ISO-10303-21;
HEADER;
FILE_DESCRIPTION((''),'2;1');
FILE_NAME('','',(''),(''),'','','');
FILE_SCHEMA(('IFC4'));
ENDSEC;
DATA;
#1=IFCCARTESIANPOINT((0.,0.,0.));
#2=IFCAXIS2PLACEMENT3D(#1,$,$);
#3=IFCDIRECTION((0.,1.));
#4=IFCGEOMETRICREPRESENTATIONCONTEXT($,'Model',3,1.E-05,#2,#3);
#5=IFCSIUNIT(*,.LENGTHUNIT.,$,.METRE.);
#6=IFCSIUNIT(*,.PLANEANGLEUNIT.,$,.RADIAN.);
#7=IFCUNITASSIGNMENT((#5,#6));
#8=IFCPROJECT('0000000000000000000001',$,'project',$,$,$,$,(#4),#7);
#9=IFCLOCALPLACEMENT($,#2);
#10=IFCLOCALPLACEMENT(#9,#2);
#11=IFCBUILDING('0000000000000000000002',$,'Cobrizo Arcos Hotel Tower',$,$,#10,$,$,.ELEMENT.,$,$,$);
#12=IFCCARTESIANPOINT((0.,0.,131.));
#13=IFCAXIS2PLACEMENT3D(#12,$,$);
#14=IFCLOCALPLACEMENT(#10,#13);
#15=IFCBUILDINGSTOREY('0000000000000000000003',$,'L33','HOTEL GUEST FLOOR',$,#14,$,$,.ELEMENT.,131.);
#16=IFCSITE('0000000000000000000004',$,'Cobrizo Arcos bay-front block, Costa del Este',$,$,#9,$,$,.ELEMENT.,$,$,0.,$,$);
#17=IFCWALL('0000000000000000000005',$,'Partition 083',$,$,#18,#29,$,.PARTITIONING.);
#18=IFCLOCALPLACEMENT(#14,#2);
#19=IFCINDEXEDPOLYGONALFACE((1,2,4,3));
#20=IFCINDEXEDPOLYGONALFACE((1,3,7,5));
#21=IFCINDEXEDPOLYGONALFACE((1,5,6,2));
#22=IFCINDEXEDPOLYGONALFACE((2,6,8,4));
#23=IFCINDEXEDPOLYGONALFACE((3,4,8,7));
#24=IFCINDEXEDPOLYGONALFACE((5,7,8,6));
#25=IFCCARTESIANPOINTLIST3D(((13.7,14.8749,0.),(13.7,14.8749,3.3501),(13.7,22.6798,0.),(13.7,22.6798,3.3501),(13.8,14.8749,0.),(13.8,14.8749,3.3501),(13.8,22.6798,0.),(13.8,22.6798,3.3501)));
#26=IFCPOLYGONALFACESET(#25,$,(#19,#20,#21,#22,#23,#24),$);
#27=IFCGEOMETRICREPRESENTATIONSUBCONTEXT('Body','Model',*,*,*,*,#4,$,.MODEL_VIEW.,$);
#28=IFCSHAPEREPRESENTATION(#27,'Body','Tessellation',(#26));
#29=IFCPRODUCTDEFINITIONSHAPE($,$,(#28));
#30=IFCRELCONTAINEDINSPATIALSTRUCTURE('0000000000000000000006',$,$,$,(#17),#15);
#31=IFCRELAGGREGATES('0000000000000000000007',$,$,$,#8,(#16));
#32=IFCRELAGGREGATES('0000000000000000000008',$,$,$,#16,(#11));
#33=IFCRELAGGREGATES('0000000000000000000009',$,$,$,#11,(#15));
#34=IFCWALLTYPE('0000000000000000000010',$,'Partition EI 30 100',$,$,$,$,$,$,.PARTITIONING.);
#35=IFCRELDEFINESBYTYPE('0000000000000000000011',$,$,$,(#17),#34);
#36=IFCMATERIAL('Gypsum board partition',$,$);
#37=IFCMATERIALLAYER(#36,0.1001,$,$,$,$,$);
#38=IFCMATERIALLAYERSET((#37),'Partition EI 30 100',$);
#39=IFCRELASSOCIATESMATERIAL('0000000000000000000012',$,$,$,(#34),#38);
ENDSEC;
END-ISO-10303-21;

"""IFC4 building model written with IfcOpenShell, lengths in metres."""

from ifc_helpers import new_model, si_unit, direction, frame, frame_2d, origin, place, context, subcontext, project, spatial, rectangle, extrude, material, layer, layer_set, type_object, element, save


model = new_model("IFC4")

# Units and contexts
model_context = context("Model", 3, precision=1e-05, world=origin(), true_north=direction((0.0, 1.0)))
body_context = subcontext(model_context, "Body", "Model", "MODEL_VIEW")
ifc_project = project(units=[si_unit("LENGTHUNIT", "METRE"), si_unit("PLANEANGLEUNIT", "RADIAN")], contexts=[model_context])

# Site, building, storey
site_placement = place(None, origin())
site = spatial("IfcSite", under=ifc_project, at=site_placement, Name="Cobrizo Arcos bay-front block, Costa del Este", CompositionType="ELEMENT", RefElevation=0.0)
building_placement = place(site_placement, origin())
building = spatial("IfcBuilding", under=site, at=building_placement, Name="Cobrizo Arcos Hotel Tower", CompositionType="ELEMENT")
storey_placement = place(building_placement, frame((0.0, 0.0, 131.0)))
storey = spatial("IfcBuildingStorey", under=building, at=storey_placement, Name="L33", Description="HOTEL GUEST FLOOR", CompositionType="ELEMENT", Elevation=131.0)

# Shared definitions
ifc_material_1 = material(Name="Gypsum board partition")

# Wall
ifc_layer_1 = layer(ifc_material_1, 0.1001)
ifc_layer_set_1 = layer_set([ifc_layer_1], Name="Partition EI 30 100")
wall_type_1 = type_object("IfcWallType", Name="Partition EI 30 100", PredefinedType="PARTITIONING", material=ifc_layer_set_1)
wall_1_placement = place(storey_placement, frame((13.75, 14.875, 0.0), z_axis=(0.0, 0.0, 1.0), x_axis=(0.0, 1.0, 0.0)))
element("IfcWall", 1, at=wall_1_placement, inside=storey, type_object=wall_type_1, Name="Partition 083", PredefinedType="PARTITIONING", context=body_context, shape_type="SweptSolid", body=[
    extrude(rectangle(XDim=7.8049, YDim=0.1001, at=frame_2d((3.9023, 0.0))), origin(), (0.0, 0.0, 1.0), 3.3501),
])

save(model, "model.ifc")
